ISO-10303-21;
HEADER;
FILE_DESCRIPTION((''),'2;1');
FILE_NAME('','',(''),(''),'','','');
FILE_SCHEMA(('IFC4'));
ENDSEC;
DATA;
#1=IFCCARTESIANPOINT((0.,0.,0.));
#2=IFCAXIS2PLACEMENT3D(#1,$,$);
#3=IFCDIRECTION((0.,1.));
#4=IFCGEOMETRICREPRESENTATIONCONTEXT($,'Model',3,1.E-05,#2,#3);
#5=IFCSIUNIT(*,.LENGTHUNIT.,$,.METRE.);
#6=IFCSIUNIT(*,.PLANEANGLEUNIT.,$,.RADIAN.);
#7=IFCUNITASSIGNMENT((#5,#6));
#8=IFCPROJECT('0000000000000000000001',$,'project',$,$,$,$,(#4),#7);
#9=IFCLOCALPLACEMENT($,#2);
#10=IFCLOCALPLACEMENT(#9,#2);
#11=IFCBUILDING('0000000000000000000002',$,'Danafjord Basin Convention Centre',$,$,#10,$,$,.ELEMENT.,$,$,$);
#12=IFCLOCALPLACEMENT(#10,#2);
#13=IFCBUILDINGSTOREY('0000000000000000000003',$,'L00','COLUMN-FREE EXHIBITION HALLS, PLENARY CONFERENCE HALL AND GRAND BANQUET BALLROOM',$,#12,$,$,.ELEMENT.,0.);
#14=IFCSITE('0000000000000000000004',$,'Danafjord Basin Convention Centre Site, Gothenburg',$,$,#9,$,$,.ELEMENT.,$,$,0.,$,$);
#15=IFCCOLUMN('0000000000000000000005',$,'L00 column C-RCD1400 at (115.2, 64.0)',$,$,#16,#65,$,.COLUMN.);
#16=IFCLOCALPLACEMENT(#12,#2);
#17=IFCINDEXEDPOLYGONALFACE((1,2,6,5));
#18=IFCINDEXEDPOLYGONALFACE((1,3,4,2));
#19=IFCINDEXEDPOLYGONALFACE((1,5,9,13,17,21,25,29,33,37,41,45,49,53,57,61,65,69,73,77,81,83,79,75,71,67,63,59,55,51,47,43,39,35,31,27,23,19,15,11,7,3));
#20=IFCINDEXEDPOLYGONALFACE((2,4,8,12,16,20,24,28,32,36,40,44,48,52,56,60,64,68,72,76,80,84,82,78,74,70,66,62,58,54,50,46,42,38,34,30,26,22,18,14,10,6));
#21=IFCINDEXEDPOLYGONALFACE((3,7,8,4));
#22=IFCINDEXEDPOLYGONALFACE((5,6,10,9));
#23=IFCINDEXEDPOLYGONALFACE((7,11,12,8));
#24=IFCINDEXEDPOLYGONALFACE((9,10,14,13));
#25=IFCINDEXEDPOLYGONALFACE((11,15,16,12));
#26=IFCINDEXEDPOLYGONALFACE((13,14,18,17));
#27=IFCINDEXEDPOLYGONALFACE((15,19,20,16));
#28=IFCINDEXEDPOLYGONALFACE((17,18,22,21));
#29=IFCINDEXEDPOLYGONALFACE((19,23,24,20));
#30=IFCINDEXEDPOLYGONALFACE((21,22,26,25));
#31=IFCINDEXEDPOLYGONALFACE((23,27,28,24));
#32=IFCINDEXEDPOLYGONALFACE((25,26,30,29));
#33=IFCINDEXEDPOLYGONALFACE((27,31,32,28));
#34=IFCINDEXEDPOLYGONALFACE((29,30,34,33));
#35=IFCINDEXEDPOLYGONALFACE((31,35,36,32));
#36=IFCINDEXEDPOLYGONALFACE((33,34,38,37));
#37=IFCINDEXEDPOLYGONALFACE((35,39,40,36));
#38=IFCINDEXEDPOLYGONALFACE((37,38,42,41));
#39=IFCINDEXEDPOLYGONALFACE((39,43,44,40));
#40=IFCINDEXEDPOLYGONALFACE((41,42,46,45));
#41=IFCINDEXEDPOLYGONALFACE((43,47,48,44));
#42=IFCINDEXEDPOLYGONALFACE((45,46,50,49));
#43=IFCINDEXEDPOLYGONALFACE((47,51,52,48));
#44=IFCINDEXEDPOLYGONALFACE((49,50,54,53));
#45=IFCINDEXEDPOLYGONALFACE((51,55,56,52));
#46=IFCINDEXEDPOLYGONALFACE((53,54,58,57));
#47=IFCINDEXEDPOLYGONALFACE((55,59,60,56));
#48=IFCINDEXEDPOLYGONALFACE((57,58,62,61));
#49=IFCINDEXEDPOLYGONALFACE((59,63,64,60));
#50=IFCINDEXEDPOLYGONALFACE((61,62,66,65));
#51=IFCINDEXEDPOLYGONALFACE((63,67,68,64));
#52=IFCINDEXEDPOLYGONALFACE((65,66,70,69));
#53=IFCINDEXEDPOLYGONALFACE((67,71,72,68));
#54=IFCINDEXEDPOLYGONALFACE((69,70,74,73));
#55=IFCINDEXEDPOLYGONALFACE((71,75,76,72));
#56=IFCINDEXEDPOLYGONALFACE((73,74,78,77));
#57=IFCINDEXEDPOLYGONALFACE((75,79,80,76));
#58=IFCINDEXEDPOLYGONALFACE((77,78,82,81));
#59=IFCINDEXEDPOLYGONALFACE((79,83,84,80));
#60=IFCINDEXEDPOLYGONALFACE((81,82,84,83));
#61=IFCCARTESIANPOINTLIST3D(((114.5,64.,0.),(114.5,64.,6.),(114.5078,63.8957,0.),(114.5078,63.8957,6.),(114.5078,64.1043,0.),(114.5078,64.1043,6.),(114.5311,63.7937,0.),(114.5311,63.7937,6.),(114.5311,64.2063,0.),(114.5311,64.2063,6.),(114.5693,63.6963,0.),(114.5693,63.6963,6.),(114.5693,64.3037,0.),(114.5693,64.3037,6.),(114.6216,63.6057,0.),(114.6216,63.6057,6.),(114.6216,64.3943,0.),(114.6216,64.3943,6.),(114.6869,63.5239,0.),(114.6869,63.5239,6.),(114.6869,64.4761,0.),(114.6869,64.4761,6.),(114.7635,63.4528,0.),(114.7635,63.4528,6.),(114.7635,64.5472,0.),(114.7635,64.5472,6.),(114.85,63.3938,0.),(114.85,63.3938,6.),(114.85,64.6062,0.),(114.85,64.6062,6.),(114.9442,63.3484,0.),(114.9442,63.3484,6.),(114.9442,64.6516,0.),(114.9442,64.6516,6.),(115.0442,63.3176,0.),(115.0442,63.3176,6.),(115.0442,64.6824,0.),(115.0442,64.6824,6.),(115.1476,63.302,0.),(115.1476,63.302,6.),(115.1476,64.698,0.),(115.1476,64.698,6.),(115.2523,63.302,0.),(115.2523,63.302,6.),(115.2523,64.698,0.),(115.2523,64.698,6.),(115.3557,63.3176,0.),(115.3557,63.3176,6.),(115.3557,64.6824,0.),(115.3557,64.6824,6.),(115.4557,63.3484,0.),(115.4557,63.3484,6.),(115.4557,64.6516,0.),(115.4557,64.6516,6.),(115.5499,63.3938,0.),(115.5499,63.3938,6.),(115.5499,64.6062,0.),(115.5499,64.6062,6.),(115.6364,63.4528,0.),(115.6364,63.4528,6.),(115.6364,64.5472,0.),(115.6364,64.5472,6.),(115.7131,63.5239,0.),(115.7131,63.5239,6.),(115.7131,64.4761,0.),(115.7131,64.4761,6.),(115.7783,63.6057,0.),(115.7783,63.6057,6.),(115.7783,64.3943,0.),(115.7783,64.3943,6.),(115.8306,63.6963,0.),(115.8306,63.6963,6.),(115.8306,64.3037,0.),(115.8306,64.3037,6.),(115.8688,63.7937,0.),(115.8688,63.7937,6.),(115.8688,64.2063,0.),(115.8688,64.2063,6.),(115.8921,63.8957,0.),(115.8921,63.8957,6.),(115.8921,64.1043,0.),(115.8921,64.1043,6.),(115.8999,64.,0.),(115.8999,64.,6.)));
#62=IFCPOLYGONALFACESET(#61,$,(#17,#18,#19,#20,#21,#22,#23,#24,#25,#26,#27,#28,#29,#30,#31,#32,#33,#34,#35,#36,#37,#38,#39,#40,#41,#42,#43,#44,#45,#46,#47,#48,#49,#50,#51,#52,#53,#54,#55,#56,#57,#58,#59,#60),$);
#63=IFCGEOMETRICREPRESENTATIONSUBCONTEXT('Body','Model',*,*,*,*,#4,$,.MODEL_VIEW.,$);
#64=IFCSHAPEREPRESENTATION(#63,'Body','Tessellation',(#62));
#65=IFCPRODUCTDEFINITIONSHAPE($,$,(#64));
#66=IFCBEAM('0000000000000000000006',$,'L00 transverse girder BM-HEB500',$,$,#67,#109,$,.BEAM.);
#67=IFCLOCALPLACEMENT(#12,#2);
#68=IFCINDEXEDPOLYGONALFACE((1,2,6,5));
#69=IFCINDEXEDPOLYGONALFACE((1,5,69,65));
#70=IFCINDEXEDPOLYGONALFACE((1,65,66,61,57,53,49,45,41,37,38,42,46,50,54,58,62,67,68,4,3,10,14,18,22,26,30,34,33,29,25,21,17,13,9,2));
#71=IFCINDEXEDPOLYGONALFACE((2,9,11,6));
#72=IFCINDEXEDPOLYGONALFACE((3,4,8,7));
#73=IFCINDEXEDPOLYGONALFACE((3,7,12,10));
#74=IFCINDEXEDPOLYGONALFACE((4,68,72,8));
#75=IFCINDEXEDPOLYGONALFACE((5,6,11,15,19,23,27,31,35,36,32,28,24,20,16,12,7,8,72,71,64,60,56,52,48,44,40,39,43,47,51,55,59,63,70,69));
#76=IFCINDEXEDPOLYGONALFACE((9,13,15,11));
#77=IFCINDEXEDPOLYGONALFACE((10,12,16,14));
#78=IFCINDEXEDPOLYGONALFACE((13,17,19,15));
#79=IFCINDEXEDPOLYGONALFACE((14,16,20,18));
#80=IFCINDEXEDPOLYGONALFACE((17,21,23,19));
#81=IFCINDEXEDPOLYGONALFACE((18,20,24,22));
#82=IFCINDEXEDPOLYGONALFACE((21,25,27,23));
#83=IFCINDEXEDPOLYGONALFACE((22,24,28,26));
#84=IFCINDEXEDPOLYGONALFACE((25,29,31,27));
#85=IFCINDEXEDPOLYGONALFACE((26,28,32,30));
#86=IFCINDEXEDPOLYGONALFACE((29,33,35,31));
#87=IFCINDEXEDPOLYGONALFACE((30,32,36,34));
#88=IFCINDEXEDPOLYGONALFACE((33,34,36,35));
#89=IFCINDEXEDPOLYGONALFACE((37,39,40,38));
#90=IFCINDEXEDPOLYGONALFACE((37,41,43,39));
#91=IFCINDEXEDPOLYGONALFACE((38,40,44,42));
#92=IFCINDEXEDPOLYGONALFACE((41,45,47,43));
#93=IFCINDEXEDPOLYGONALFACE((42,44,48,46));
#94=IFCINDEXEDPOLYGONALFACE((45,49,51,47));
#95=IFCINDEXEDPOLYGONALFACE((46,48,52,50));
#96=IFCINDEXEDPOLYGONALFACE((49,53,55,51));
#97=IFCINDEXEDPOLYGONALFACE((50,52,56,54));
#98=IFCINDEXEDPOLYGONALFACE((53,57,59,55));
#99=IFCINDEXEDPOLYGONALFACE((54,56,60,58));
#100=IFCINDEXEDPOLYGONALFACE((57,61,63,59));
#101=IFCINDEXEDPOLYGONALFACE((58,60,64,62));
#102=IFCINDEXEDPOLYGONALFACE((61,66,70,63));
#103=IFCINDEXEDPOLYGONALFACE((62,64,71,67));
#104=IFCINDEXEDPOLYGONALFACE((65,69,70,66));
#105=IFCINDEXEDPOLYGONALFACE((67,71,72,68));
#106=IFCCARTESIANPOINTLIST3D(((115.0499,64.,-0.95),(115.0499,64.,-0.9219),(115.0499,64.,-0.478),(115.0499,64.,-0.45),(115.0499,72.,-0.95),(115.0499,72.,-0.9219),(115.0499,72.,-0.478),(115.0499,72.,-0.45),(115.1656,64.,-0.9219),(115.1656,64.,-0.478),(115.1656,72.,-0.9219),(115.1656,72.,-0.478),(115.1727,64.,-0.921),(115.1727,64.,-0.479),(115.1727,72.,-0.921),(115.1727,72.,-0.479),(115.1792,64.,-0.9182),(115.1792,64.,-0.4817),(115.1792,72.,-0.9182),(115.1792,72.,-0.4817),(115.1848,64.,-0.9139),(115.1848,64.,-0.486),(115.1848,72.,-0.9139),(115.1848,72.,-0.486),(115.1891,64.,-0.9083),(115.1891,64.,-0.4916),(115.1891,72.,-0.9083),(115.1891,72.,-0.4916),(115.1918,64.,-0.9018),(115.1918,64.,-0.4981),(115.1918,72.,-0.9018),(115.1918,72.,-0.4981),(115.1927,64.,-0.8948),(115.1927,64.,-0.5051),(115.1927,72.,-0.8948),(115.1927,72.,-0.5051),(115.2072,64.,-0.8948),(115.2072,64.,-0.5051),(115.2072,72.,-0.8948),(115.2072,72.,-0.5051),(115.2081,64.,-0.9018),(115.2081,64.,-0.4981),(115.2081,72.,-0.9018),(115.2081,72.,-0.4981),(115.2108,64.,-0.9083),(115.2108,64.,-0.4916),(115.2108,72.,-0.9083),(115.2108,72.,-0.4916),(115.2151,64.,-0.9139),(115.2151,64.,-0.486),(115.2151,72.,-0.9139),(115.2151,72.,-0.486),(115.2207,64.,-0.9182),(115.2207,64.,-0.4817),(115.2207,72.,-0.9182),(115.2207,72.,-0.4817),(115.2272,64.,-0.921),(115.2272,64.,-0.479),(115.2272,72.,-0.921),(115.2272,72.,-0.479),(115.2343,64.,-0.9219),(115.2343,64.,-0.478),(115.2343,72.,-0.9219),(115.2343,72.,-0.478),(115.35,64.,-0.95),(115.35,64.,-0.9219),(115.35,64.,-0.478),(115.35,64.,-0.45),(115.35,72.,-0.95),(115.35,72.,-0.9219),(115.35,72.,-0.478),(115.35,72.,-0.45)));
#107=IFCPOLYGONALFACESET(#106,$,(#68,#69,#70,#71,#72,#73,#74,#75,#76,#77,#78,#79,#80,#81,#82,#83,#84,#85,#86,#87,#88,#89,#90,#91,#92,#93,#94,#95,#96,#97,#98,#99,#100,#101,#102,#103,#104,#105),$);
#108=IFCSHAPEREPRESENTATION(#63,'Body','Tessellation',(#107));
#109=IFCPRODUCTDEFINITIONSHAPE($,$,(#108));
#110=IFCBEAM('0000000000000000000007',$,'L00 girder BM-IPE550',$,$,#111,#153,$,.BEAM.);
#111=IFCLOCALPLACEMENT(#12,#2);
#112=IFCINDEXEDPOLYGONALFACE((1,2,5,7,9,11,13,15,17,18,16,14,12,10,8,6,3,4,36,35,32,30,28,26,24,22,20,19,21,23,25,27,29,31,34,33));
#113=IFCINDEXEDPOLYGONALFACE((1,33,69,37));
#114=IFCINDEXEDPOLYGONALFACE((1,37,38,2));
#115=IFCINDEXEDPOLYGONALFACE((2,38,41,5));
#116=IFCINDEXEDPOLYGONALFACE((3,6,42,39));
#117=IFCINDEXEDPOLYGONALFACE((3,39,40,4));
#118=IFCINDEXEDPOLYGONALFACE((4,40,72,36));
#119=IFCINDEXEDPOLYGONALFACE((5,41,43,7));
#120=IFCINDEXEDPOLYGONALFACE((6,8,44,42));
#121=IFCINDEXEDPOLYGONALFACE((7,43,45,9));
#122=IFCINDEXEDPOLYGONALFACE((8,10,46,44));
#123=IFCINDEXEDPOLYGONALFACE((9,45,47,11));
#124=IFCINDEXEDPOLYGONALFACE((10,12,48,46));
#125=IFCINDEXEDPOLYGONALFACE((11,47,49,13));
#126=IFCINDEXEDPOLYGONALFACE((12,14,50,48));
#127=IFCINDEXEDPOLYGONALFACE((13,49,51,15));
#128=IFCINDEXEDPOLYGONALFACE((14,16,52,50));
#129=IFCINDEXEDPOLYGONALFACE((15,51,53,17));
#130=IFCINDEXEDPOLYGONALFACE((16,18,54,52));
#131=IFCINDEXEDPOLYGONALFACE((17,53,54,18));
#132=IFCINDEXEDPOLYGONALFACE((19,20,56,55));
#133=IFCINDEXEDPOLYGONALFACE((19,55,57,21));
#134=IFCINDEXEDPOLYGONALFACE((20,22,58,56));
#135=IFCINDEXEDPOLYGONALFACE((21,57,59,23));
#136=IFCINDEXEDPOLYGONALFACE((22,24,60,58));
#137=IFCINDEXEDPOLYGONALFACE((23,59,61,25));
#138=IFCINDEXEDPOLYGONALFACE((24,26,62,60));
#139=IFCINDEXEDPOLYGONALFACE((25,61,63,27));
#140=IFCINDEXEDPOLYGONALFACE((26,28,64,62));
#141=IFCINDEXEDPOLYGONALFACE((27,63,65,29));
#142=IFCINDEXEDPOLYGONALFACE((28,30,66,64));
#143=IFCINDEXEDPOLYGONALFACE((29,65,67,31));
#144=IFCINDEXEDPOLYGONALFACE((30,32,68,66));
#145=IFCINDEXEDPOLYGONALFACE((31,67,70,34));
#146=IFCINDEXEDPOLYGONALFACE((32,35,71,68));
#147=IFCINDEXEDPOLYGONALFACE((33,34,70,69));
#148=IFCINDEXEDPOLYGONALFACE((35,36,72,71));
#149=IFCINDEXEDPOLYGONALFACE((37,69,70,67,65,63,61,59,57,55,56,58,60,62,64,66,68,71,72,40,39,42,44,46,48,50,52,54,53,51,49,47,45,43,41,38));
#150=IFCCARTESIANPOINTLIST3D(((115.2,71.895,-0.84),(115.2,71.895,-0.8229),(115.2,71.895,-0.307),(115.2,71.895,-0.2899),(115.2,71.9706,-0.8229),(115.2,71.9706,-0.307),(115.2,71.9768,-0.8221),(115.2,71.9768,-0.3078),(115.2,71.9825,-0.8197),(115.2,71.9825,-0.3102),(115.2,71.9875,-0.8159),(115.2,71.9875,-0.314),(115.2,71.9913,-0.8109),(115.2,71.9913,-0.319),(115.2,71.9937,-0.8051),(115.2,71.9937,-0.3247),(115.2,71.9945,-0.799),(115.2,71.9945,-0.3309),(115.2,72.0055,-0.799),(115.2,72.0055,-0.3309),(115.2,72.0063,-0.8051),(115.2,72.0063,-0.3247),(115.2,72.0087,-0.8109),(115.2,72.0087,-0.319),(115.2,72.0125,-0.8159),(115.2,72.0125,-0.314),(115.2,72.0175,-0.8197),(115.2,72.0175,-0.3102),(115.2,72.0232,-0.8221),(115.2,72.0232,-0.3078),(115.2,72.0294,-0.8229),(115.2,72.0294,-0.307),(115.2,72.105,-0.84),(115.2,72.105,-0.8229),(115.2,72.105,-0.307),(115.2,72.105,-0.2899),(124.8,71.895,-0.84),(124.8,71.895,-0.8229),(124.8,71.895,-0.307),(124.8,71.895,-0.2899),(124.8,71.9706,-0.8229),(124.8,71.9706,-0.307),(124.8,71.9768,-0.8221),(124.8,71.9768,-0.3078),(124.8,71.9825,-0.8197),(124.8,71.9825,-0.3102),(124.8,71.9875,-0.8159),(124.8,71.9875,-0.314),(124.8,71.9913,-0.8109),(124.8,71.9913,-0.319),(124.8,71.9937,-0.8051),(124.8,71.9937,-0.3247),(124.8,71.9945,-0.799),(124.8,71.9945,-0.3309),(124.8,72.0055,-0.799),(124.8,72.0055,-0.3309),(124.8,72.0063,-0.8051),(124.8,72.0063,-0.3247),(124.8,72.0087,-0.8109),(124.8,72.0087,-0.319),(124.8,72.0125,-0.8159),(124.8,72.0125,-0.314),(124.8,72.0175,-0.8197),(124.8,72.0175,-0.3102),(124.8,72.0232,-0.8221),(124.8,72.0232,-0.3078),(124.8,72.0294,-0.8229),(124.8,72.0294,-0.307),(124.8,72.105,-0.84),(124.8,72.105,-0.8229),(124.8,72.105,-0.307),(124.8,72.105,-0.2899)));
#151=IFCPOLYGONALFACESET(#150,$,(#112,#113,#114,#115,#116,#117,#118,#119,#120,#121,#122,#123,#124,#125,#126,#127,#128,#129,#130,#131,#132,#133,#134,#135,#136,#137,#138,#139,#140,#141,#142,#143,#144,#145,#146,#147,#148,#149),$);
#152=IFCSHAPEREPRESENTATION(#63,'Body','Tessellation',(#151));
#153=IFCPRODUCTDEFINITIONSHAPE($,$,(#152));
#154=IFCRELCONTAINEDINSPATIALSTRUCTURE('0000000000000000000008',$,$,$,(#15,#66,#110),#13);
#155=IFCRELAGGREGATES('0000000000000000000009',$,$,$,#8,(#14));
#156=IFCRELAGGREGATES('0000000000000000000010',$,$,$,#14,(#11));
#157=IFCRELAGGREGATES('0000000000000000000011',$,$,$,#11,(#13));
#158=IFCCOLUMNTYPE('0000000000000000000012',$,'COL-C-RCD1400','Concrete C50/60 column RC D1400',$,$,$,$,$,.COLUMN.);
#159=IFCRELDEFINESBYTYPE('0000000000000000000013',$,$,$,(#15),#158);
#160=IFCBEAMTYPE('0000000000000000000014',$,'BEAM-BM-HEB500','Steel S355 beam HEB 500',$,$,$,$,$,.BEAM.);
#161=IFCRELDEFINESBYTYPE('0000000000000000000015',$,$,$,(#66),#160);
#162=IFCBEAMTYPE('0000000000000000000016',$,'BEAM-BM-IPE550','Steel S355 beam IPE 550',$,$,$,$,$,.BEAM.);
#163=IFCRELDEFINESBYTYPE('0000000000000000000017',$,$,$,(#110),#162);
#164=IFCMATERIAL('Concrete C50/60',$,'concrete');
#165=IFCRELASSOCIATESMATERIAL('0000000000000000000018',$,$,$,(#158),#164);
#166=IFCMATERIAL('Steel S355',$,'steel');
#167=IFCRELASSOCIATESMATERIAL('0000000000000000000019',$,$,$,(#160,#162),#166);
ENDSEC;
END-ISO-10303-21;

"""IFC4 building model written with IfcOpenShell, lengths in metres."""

from ifc_helpers import new_model, si_unit, direction, frame, origin, origin_2d, place, context, subcontext, project, spatial, circle, i_section, extrude, material, material_profile, profile_set, type_object, element, save


model = new_model("IFC4")

# Units and contexts
model_context = context("Model", 3, precision=1e-05, world=origin(), true_north=direction((0.0, 1.0)))
body_context = subcontext(model_context, "Body", "Model", "MODEL_VIEW")
ifc_project = project(units=[si_unit("LENGTHUNIT", "METRE"), si_unit("PLANEANGLEUNIT", "RADIAN")], contexts=[model_context])

# Site, building, storey
site_placement = place(None, origin())
site = spatial("IfcSite", under=ifc_project, at=site_placement, Name="Danafjord Basin Convention Centre Site, Gothenburg", CompositionType="ELEMENT", RefElevation=0.0)
building_placement = place(site_placement, origin())
building = spatial("IfcBuilding", under=site, at=building_placement, Name="Danafjord Basin Convention Centre", CompositionType="ELEMENT")
storey_placement = place(building_placement, origin())
storey = spatial("IfcBuildingStorey", under=building, at=storey_placement, Name="L00", Description="COLUMN-FREE EXHIBITION HALLS, PLENARY CONFERENCE HALL AND GRAND BANQUET BALLROOM", CompositionType="ELEMENT", Elevation=0.0)

# Column
ifc_material_1 = material(Name="Steel S355", Category="steel")
ifc_material_2 = material(Name="Concrete C50/60", Category="concrete")
ifc_material_profile_1 = material_profile(ifc_material_2, circle(Radius=0.7, at=origin_2d()), Name="RC D1400")
ifc_profile_set_1 = profile_set([ifc_material_profile_1], Name="Concrete C50/60")
column_type_1 = type_object("IfcColumnType", Name="COL-C-RCD1400", Description="Concrete C50/60 column RC D1400", PredefinedType="COLUMN", material=ifc_profile_set_1)
column_1_placement = place(storey_placement, frame((115.2, 64.0, 0.0), z_axis=(0.0, 0.0, 1.0), x_axis=(1.0, 0.0, 0.0)))
element("IfcColumn", 1, at=column_1_placement, inside=storey, type_object=column_type_1, Name="L00 column C-RCD1400 at (115.2, 64.0)", PredefinedType="COLUMN", context=body_context, shape_type="SweptSolid", body=[
    extrude(circle(Radius=0.7, at=origin_2d()), origin(), (0.0, 0.0, 1.0), 6.0),
])

# Beams
ifc_material_profile_2 = material_profile(ifc_material_1, i_section(OverallWidth=0.3, OverallDepth=0.5, WebThickness=0.0144, FlangeThickness=0.0281, FilletRadius=0.0271, at=origin_2d()), Name="HEB 500")
ifc_profile_set_2 = profile_set([ifc_material_profile_2], Name="Steel S355")
beam_type_1 = type_object("IfcBeamType", Name="BEAM-BM-HEB500", Description="Steel S355 beam HEB 500", PredefinedType="BEAM", material=ifc_profile_set_2)
beam_1_placement = place(storey_placement, frame((115.2, 64.0, -0.7), z_axis=(0.0, 1.0, 0.0), x_axis=(-1.0, 0.0, 0.0)))
element("IfcBeam", 2, at=beam_1_placement, inside=storey, type_object=beam_type_1, Name="L00 transverse girder BM-HEB500", PredefinedType="BEAM", context=body_context, shape_type="SweptSolid", body=[
    extrude(i_section(OverallWidth=0.3, OverallDepth=0.5, WebThickness=0.0144, FlangeThickness=0.0281, FilletRadius=0.0271, at=origin_2d()), origin(), (0.0, 0.0, 1.0), 8.0),
])
ifc_material_profile_3 = material_profile(ifc_material_1, i_section(OverallWidth=0.21, OverallDepth=0.55, WebThickness=0.011, FlangeThickness=0.0171, FilletRadius=0.0239, at=origin_2d()), Name="IPE 550")
ifc_profile_set_3 = profile_set([ifc_material_profile_3], Name="Steel S355")
beam_type_2 = type_object("IfcBeamType", Name="BEAM-BM-IPE550", Description="Steel S355 beam IPE 550", PredefinedType="BEAM", material=ifc_profile_set_3)
beam_2_placement = place(storey_placement, frame((115.2, 72.0, -0.5649), z_axis=(1.0, 0.0, 0.0), x_axis=(0.0, 1.0, 0.0)))
element("IfcBeam", 3, at=beam_2_placement, inside=storey, type_object=beam_type_2, Name="L00 girder BM-IPE550", PredefinedType="BEAM", context=body_context, shape_type="SweptSolid", body=[
    extrude(i_section(OverallWidth=0.21, OverallDepth=0.55, WebThickness=0.011, FlangeThickness=0.0171, FilletRadius=0.0239, at=origin_2d()), origin(), (0.0, 0.0, 1.0), 9.6001),
])

save(model, "model.ifc")
